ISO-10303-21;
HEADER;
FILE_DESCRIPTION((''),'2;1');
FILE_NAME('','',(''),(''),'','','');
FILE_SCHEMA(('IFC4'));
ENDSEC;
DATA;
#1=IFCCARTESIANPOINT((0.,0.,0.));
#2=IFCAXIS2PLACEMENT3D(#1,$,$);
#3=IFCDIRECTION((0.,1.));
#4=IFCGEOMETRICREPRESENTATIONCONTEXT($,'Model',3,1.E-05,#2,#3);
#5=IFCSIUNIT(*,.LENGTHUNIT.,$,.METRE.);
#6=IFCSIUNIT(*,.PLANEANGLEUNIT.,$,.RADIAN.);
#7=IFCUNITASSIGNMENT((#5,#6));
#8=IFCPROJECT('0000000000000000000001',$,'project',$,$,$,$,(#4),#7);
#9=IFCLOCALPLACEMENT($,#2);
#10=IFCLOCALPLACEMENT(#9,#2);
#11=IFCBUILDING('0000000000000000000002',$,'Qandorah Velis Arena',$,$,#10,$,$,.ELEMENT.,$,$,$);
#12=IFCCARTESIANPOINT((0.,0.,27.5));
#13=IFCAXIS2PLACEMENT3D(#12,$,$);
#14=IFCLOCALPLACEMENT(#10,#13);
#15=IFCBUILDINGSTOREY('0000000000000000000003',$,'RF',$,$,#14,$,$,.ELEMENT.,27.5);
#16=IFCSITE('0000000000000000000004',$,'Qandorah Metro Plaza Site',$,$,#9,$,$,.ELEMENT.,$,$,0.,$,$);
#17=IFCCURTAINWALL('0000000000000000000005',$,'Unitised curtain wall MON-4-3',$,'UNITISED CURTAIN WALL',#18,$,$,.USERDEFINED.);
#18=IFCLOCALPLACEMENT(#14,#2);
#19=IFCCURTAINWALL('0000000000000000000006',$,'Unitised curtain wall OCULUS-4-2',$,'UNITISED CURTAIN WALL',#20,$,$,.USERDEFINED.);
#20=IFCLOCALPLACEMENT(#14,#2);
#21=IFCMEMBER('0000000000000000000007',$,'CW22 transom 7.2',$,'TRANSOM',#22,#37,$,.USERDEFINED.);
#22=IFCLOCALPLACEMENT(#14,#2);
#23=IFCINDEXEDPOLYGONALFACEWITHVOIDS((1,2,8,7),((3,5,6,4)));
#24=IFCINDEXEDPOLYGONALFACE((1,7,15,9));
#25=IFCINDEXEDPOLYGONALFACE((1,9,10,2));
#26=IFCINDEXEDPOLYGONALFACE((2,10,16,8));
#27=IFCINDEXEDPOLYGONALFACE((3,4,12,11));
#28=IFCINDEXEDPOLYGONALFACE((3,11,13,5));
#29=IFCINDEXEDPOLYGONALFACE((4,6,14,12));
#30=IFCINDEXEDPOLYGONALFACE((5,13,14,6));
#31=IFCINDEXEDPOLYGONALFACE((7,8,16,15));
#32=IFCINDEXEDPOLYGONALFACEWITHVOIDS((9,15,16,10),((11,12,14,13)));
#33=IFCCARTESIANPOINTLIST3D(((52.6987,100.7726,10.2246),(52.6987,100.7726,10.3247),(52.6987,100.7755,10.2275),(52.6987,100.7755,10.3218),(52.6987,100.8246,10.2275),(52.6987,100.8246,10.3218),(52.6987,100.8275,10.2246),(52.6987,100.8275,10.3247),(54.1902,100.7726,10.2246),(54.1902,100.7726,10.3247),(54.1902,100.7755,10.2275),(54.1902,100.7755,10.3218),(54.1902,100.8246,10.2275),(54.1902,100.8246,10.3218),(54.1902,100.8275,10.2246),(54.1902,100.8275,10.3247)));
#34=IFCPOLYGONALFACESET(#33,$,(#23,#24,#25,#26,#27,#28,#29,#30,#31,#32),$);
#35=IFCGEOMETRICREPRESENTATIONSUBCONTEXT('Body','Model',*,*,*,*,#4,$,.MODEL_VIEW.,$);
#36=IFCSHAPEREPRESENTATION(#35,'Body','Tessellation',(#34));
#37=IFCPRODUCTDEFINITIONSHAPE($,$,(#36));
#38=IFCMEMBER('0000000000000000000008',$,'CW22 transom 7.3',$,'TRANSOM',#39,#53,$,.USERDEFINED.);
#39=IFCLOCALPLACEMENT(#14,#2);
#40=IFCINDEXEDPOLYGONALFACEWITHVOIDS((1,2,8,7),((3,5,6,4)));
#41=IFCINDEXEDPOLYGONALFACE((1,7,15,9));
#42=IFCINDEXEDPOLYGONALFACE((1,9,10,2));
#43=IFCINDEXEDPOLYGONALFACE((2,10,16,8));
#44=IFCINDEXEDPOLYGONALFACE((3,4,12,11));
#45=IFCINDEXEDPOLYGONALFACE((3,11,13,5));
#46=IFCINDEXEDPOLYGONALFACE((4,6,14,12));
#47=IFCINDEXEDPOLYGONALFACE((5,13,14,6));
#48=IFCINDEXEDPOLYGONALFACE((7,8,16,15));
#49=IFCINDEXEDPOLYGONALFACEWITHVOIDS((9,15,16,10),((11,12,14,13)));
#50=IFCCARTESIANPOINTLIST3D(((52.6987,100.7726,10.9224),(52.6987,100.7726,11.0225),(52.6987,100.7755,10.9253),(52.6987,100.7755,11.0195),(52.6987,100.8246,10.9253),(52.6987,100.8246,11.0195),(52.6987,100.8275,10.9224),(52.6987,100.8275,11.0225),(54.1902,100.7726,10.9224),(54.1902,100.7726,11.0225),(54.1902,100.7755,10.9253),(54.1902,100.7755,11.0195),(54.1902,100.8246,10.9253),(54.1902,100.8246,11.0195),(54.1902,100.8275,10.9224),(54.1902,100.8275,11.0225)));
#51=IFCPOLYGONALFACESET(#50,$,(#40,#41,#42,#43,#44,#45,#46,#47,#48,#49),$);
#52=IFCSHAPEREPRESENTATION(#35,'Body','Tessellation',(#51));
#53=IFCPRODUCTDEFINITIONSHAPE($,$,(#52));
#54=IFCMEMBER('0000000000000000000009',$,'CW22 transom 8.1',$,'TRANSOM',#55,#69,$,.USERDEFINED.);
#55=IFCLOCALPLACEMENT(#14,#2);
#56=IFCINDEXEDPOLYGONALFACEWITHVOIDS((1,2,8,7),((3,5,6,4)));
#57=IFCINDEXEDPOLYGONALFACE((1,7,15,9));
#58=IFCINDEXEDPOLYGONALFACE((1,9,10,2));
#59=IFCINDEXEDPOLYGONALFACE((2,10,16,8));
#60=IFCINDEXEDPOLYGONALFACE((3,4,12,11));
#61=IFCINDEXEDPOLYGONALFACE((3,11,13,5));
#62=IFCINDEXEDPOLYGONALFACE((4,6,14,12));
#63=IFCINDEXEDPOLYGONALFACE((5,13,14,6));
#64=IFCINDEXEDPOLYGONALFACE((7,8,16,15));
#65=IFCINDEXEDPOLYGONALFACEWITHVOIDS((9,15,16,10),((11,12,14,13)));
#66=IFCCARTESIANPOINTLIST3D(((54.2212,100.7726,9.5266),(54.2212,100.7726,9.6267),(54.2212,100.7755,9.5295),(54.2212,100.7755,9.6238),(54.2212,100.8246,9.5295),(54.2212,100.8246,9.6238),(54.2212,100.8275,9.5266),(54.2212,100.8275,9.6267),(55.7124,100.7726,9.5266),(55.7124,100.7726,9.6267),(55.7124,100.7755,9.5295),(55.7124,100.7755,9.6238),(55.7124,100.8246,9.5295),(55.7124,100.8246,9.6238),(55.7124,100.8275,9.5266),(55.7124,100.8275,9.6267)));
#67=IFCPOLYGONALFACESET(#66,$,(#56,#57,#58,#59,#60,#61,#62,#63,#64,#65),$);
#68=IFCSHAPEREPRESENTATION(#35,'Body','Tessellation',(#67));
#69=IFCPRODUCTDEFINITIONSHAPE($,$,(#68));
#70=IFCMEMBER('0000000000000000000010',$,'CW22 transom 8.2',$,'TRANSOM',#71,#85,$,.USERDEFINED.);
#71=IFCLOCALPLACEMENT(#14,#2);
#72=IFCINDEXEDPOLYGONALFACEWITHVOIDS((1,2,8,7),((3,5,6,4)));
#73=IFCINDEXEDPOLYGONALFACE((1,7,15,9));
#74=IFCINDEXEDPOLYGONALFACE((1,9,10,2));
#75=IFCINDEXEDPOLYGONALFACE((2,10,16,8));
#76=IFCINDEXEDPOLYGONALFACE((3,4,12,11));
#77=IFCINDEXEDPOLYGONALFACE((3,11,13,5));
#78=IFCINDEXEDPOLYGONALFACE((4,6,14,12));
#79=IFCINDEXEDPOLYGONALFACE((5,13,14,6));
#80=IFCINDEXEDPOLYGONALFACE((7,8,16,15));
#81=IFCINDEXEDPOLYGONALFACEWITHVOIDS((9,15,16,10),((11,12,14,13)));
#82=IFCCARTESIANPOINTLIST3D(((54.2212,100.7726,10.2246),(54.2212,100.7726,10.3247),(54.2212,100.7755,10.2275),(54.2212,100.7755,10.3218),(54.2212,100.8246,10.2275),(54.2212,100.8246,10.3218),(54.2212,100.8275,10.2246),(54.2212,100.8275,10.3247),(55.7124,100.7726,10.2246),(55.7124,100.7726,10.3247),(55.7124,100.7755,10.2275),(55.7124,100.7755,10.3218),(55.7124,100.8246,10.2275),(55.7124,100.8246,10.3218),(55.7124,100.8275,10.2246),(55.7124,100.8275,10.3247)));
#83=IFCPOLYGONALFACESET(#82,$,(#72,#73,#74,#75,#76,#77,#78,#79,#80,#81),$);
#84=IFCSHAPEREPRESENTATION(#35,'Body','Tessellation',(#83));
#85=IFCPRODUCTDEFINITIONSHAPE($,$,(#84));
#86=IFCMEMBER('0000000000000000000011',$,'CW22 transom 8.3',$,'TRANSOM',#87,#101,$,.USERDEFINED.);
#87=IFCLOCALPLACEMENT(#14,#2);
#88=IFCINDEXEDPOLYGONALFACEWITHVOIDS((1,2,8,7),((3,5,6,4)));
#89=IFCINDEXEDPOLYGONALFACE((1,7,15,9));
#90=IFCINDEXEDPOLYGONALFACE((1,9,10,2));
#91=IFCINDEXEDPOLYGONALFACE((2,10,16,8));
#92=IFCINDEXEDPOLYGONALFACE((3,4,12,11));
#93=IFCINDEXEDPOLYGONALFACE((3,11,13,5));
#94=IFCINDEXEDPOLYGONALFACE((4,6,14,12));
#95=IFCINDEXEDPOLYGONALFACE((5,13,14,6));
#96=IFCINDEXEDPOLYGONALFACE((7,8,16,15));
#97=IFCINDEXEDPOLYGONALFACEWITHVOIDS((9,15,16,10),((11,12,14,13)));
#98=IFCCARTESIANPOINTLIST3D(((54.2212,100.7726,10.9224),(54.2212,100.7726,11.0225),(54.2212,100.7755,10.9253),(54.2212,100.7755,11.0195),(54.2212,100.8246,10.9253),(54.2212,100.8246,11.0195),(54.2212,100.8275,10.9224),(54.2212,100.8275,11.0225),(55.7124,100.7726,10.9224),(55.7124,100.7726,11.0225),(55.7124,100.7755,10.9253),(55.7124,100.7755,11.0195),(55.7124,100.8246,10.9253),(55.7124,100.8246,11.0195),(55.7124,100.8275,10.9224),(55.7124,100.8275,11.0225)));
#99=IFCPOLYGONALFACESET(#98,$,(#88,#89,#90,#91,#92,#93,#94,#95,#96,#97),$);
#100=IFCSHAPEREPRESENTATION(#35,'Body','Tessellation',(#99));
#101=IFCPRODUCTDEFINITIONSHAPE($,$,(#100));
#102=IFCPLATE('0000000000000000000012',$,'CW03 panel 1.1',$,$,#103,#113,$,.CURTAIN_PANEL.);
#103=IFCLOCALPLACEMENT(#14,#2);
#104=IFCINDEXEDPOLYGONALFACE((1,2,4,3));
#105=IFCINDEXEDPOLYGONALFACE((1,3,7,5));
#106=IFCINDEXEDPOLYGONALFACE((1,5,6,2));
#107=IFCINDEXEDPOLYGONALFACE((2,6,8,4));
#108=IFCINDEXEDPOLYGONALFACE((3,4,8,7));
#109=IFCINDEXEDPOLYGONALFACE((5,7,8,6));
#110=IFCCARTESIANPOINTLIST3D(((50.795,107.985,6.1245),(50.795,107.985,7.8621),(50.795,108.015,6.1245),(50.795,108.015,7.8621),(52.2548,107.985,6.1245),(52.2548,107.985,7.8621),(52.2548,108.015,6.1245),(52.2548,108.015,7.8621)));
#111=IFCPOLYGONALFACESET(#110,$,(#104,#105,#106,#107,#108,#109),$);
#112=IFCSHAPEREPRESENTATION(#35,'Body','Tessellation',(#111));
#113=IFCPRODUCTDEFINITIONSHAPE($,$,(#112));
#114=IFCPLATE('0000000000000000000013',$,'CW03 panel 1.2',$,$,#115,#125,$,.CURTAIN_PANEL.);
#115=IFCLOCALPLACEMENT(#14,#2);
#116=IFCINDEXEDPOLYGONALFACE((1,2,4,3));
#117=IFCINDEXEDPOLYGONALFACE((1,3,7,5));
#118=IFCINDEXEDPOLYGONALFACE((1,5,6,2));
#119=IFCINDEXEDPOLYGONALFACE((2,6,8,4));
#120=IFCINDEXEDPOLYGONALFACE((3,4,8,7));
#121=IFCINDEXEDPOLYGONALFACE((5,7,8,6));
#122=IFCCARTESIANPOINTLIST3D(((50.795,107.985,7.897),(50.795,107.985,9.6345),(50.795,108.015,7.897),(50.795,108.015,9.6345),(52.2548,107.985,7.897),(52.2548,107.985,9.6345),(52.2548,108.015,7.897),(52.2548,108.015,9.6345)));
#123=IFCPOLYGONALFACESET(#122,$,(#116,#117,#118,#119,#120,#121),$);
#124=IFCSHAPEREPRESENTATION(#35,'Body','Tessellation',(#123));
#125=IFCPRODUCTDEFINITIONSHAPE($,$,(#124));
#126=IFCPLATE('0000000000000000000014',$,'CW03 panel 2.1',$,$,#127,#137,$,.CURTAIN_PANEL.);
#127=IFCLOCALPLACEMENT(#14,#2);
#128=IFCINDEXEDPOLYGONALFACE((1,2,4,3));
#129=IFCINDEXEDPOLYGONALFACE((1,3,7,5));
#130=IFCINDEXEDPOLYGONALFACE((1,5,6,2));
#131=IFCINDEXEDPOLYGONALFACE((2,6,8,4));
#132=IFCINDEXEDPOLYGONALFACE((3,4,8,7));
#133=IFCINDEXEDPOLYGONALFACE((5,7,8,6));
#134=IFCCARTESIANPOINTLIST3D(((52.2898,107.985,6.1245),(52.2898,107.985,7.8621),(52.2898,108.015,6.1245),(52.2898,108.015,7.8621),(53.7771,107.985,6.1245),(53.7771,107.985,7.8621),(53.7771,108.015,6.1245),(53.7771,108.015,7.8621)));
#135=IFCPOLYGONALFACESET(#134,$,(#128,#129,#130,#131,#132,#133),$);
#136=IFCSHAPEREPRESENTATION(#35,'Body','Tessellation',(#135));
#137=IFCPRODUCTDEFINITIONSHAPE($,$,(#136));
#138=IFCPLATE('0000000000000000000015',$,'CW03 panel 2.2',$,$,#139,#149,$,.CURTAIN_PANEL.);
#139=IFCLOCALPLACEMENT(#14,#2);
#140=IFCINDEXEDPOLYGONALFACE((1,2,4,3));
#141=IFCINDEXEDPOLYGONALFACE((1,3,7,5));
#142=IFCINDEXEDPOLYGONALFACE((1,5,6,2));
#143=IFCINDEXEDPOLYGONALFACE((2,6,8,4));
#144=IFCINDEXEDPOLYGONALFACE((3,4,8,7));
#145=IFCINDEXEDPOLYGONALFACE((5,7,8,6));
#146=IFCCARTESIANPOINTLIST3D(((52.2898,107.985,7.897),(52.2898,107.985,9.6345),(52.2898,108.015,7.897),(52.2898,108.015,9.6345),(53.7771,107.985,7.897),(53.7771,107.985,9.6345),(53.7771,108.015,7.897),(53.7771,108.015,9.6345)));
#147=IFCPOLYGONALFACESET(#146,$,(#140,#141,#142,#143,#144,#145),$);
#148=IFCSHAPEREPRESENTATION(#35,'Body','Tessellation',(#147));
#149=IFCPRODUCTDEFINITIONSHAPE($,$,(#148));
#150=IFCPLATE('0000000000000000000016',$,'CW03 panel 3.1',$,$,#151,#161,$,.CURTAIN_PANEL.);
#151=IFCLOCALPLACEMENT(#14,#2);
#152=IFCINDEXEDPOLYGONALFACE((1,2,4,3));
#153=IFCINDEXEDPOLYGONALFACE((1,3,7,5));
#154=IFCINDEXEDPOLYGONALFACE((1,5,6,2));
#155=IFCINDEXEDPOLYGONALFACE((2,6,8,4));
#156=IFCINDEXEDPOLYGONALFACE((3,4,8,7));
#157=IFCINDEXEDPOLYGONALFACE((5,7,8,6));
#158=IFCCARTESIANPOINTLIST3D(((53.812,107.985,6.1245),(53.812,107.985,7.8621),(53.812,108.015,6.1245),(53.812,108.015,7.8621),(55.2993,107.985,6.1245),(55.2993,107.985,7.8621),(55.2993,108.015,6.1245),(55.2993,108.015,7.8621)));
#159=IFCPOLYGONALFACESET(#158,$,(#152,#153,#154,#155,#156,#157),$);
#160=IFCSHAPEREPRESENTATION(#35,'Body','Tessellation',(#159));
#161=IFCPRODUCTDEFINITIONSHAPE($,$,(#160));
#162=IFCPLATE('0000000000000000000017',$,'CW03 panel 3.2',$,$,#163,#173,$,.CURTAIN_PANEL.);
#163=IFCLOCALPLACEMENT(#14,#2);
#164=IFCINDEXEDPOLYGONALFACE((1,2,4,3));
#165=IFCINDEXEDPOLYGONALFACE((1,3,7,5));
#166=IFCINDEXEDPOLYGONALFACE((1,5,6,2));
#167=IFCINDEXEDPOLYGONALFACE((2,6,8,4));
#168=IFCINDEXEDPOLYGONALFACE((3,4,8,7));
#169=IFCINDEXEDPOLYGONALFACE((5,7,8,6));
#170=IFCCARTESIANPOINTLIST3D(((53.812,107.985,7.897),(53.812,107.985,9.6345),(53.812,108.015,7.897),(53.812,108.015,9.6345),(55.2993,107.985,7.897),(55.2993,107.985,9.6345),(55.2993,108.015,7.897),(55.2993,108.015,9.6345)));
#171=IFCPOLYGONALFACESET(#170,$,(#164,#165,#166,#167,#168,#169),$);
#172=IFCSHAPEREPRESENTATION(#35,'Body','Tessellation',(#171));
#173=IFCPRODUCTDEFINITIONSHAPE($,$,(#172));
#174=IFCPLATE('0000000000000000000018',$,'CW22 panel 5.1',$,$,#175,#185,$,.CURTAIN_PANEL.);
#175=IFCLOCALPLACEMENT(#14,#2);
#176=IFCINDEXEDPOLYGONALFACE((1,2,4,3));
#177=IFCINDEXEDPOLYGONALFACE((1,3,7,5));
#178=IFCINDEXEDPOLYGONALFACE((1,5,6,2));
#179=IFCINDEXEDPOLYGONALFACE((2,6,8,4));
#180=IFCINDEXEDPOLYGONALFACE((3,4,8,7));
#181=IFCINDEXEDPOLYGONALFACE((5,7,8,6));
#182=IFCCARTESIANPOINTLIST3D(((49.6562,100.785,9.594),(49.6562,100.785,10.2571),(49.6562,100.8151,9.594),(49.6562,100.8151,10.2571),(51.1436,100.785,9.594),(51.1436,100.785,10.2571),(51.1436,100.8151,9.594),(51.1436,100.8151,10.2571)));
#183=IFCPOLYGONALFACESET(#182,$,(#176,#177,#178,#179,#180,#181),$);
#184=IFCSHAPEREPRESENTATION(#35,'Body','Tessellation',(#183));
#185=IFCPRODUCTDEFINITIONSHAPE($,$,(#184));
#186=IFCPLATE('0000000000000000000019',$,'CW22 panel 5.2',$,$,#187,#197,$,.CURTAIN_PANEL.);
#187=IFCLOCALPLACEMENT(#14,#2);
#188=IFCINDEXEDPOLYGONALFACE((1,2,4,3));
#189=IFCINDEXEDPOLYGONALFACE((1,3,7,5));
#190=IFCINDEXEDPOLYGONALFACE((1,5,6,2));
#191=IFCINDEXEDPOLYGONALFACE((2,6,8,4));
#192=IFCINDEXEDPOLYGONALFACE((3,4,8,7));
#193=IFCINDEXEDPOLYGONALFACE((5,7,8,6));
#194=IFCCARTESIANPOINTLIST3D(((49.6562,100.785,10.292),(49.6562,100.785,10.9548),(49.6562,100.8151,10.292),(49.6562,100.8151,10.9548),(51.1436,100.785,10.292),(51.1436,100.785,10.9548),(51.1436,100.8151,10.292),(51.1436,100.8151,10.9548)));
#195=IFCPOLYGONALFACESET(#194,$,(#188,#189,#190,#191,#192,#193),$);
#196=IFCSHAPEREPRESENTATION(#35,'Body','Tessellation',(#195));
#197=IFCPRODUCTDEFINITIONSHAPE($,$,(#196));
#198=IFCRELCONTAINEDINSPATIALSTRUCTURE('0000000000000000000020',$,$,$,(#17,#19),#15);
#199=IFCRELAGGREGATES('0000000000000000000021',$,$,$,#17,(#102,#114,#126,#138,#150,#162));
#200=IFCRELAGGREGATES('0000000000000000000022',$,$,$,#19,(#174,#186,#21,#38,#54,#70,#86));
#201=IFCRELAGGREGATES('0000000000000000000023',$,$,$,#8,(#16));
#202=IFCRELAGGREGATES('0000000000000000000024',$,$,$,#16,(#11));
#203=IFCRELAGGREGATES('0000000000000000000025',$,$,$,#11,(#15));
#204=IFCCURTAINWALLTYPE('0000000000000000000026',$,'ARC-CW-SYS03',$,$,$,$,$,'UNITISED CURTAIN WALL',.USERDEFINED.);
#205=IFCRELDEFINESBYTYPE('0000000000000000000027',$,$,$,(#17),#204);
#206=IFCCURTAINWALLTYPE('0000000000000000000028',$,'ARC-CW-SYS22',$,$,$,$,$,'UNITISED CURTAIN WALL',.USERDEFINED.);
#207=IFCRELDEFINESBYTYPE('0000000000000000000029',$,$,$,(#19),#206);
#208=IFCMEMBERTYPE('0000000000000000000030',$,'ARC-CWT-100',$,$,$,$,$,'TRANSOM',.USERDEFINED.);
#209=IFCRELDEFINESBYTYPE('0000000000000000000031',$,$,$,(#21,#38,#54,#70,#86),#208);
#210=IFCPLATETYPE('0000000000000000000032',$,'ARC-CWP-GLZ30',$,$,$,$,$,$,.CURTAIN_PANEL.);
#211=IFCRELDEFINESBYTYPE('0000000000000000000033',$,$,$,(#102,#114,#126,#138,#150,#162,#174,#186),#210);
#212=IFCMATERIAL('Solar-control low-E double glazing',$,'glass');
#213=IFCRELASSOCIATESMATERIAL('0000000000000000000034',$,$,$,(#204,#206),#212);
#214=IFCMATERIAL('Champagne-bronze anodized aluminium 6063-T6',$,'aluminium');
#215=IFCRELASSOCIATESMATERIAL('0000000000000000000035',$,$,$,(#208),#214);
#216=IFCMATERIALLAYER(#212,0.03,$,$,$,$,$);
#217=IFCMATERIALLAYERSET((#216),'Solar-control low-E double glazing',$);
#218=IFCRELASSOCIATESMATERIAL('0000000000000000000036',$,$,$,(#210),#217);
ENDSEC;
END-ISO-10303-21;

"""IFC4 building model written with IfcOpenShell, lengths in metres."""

from ifc_helpers import new_model, si_unit, direction, frame, origin, origin_2d, place, context, subcontext, project, spatial, rectangle, hollow_rectangle, extrude, material, layer, layer_set, material_profile, profile_set, type_object, element, aggregate, save


model = new_model("IFC4")

# Units and contexts
model_context = context("Model", 3, precision=1e-05, world=origin(), true_north=direction((0.0, 1.0)))
body_context = subcontext(model_context, "Body", "Model", "MODEL_VIEW")
ifc_project = project(units=[si_unit("LENGTHUNIT", "METRE"), si_unit("PLANEANGLEUNIT", "RADIAN")], contexts=[model_context])

# Site, building, storey
site_placement = place(None, origin())
site = spatial("IfcSite", under=ifc_project, at=site_placement, Name="Qandorah Metro Plaza Site", CompositionType="ELEMENT", RefElevation=0.0)
building_placement = place(site_placement, origin())
building = spatial("IfcBuilding", under=site, at=building_placement, Name="Qandorah Velis Arena", CompositionType="ELEMENT")
storey_placement = place(building_placement, frame((0.0, 0.0, 27.5)))
storey = spatial("IfcBuildingStorey", under=building, at=storey_placement, Name="RF", CompositionType="ELEMENT", Elevation=27.5)

# Shared definitions
ifc_material_1 = material(Name="Solar-control low-E double glazing", Category="glass")
ifc_material_2 = material(Name="Champagne-bronze anodized aluminium 6063-T6", Category="aluminium")

# Curtain walls
curtain_wall_type_1 = type_object("IfcCurtainWallType", Name="ARC-CW-SYS03", ElementType="UNITISED CURTAIN WALL", PredefinedType="USERDEFINED", material=ifc_material_1)
curtain_wall_1_placement = place(storey_placement, origin())
curtain_wall_1 = element("IfcCurtainWall", 1, at=curtain_wall_1_placement, inside=storey, type_object=curtain_wall_type_1, Name="Unitised curtain wall MON-4-3", ObjectType="UNITISED CURTAIN WALL", PredefinedType="USERDEFINED")
curtain_wall_type_2 = type_object("IfcCurtainWallType", Name="ARC-CW-SYS22", ElementType="UNITISED CURTAIN WALL", PredefinedType="USERDEFINED", material=ifc_material_1)
curtain_wall_2_placement = place(storey_placement, origin())
curtain_wall_2 = element("IfcCurtainWall", 2, at=curtain_wall_2_placement, inside=storey, type_object=curtain_wall_type_2, Name="Unitised curtain wall OCULUS-4-2", ObjectType="UNITISED CURTAIN WALL", PredefinedType="USERDEFINED")

# Members
ifc_material_profile_1 = material_profile(ifc_material_2, hollow_rectangle(XDim=0.0549, YDim=0.1001, WallThickness=0.0029, at=origin_2d()), Name="ALU TRANSOM 55x100")
ifc_profile_set_1 = profile_set([ifc_material_profile_1], Name="Champagne-bronze anodized aluminium 6063-T6")
member_type_1 = type_object("IfcMemberType", Name="ARC-CWT-100", ElementType="TRANSOM", PredefinedType="USERDEFINED", material=ifc_profile_set_1)
member_1_placement = place(storey_placement, frame((52.6987, 100.8, 10.2747), z_axis=(1.0, 0.0, 0.0), x_axis=(0.0, 1.0, 0.0)))
member_1 = element("IfcMember", 3, at=member_1_placement, type_object=member_type_1, Name="CW22 transom 7.2", ObjectType="TRANSOM", PredefinedType="USERDEFINED", context=body_context, shape_type="SweptSolid", body=[
    extrude(hollow_rectangle(XDim=0.0549, YDim=0.1001, WallThickness=0.0029, at=origin_2d()), origin(), (0.0, 0.0, 1.0), 1.4915),
])
member_2_placement = place(storey_placement, frame((52.6987, 100.8, 10.9724), z_axis=(1.0, 0.0, 0.0), x_axis=(0.0, 1.0, 0.0)))
member_2 = element("IfcMember", 4, at=member_2_placement, type_object=member_type_1, Name="CW22 transom 7.3", ObjectType="TRANSOM", PredefinedType="USERDEFINED", context=body_context, shape_type="SweptSolid", body=[
    extrude(hollow_rectangle(XDim=0.0549, YDim=0.1001, WallThickness=0.0029, at=origin_2d()), origin(), (0.0, 0.0, 1.0), 1.4915),
])
member_3_placement = place(storey_placement, frame((54.2212, 100.8, 9.5767), z_axis=(1.0, 0.0, 0.0), x_axis=(0.0, 1.0, 0.0)))
member_3 = element("IfcMember", 5, at=member_3_placement, type_object=member_type_1, Name="CW22 transom 8.1", ObjectType="TRANSOM", PredefinedType="USERDEFINED", context=body_context, shape_type="SweptSolid", body=[
    extrude(hollow_rectangle(XDim=0.0549, YDim=0.1001, WallThickness=0.0029, at=origin_2d()), origin(), (0.0, 0.0, 1.0), 1.4912),
])
member_4_placement = place(storey_placement, frame((54.2212, 100.8, 10.2747), z_axis=(1.0, 0.0, 0.0), x_axis=(0.0, 1.0, 0.0)))
member_4 = element("IfcMember", 6, at=member_4_placement, type_object=member_type_1, Name="CW22 transom 8.2", ObjectType="TRANSOM", PredefinedType="USERDEFINED", context=body_context, shape_type="SweptSolid", body=[
    extrude(hollow_rectangle(XDim=0.0549, YDim=0.1001, WallThickness=0.0029, at=origin_2d()), origin(), (0.0, 0.0, 1.0), 1.4912),
])
member_5_placement = place(storey_placement, frame((54.2212, 100.8, 10.9724), z_axis=(1.0, 0.0, 0.0), x_axis=(0.0, 1.0, 0.0)))
member_5 = element("IfcMember", 7, at=member_5_placement, type_object=member_type_1, Name="CW22 transom 8.3", ObjectType="TRANSOM", PredefinedType="USERDEFINED", context=body_context, shape_type="SweptSolid", body=[
    extrude(hollow_rectangle(XDim=0.0549, YDim=0.1001, WallThickness=0.0029, at=origin_2d()), origin(), (0.0, 0.0, 1.0), 1.4912),
])

# Plates
ifc_layer = layer(ifc_material_1, 0.03)
ifc_layer_set = layer_set([ifc_layer], Name="Solar-control low-E double glazing")
plate_type = type_object("IfcPlateType", Name="ARC-CWP-GLZ30", PredefinedType="CURTAIN_PANEL", material=ifc_layer_set)
plate_1_placement = place(storey_placement, frame((51.5249, 108.0, 6.1245), z_axis=(0.0, 0.0, 1.0), x_axis=(1.0, 0.0, 0.0)))
plate_1 = element("IfcPlate", 8, at=plate_1_placement, type_object=plate_type, Name="CW03 panel 1.1", PredefinedType="CURTAIN_PANEL", context=body_context, shape_type="SweptSolid", body=[
    extrude(rectangle(XDim=1.4597, YDim=0.03, at=origin_2d()), origin(), (0.0, 0.0, 1.0), 1.7375),
])
plate_2_placement = place(storey_placement, frame((51.5249, 108.0, 7.897), z_axis=(0.0, 0.0, 1.0), x_axis=(1.0, 0.0, 0.0)))
plate_2 = element("IfcPlate", 9, at=plate_2_placement, type_object=plate_type, Name="CW03 panel 1.2", PredefinedType="CURTAIN_PANEL", context=body_context, shape_type="SweptSolid", body=[
    extrude(rectangle(XDim=1.4597, YDim=0.03, at=origin_2d()), origin(), (0.0, 0.0, 1.0), 1.7375),
])
plate_3_placement = place(storey_placement, frame((53.0334, 108.0, 6.1245), z_axis=(0.0, 0.0, 1.0), x_axis=(1.0, 0.0, 0.0)))
plate_3 = element("IfcPlate", 10, at=plate_3_placement, type_object=plate_type, Name="CW03 panel 2.1", PredefinedType="CURTAIN_PANEL", context=body_context, shape_type="SweptSolid", body=[
    extrude(rectangle(XDim=1.4873, YDim=0.03, at=origin_2d()), origin(), (0.0, 0.0, 1.0), 1.7375),
])
plate_4_placement = place(storey_placement, frame((53.0334, 108.0, 7.897), z_axis=(0.0, 0.0, 1.0), x_axis=(1.0, 0.0, 0.0)))
plate_4 = element("IfcPlate", 11, at=plate_4_placement, type_object=plate_type, Name="CW03 panel 2.2", PredefinedType="CURTAIN_PANEL", context=body_context, shape_type="SweptSolid", body=[
    extrude(rectangle(XDim=1.4873, YDim=0.03, at=origin_2d()), origin(), (0.0, 0.0, 1.0), 1.7375),
])
plate_5_placement = place(storey_placement, frame((54.5557, 108.0, 6.1245), z_axis=(0.0, 0.0, 1.0), x_axis=(1.0, 0.0, 0.0)))
plate_5 = element("IfcPlate", 12, at=plate_5_placement, type_object=plate_type, Name="CW03 panel 3.1", PredefinedType="CURTAIN_PANEL", context=body_context, shape_type="SweptSolid", body=[
    extrude(rectangle(XDim=1.4873, YDim=0.03, at=origin_2d()), origin(), (0.0, 0.0, 1.0), 1.7375),
])
plate_6_placement = place(storey_placement, frame((54.5557, 108.0, 7.897), z_axis=(0.0, 0.0, 1.0), x_axis=(1.0, 0.0, 0.0)))
plate_6 = element("IfcPlate", 13, at=plate_6_placement, type_object=plate_type, Name="CW03 panel 3.2", PredefinedType="CURTAIN_PANEL", context=body_context, shape_type="SweptSolid", body=[
    extrude(rectangle(XDim=1.4873, YDim=0.03, at=origin_2d()), origin(), (0.0, 0.0, 1.0), 1.7375),
])
aggregate(curtain_wall_1, [plate_1, plate_2, plate_3, plate_4, plate_5, plate_6])
plate_7_placement = place(storey_placement, frame((50.3999, 100.8, 9.594), z_axis=(0.0, 0.0, 1.0), x_axis=(1.0, 0.0, 0.0)))
plate_7 = element("IfcPlate", 14, at=plate_7_placement, type_object=plate_type, Name="CW22 panel 5.1", PredefinedType="CURTAIN_PANEL", context=body_context, shape_type="SweptSolid", body=[
    extrude(rectangle(XDim=1.4873, YDim=0.03, at=origin_2d()), origin(), (0.0, 0.0, 1.0), 0.6631),
])
plate_8_placement = place(storey_placement, frame((50.3999, 100.8, 10.292), z_axis=(0.0, 0.0, 1.0), x_axis=(1.0, 0.0, 0.0)))
plate_8 = element("IfcPlate", 15, at=plate_8_placement, type_object=plate_type, Name="CW22 panel 5.2", PredefinedType="CURTAIN_PANEL", context=body_context, shape_type="SweptSolid", body=[
    extrude(rectangle(XDim=1.4873, YDim=0.03, at=origin_2d()), origin(), (0.0, 0.0, 1.0), 0.6628),
])
aggregate(curtain_wall_2, [plate_7, plate_8, member_1, member_2, member_3, member_4, member_5])

save(model, "model.ifc")
